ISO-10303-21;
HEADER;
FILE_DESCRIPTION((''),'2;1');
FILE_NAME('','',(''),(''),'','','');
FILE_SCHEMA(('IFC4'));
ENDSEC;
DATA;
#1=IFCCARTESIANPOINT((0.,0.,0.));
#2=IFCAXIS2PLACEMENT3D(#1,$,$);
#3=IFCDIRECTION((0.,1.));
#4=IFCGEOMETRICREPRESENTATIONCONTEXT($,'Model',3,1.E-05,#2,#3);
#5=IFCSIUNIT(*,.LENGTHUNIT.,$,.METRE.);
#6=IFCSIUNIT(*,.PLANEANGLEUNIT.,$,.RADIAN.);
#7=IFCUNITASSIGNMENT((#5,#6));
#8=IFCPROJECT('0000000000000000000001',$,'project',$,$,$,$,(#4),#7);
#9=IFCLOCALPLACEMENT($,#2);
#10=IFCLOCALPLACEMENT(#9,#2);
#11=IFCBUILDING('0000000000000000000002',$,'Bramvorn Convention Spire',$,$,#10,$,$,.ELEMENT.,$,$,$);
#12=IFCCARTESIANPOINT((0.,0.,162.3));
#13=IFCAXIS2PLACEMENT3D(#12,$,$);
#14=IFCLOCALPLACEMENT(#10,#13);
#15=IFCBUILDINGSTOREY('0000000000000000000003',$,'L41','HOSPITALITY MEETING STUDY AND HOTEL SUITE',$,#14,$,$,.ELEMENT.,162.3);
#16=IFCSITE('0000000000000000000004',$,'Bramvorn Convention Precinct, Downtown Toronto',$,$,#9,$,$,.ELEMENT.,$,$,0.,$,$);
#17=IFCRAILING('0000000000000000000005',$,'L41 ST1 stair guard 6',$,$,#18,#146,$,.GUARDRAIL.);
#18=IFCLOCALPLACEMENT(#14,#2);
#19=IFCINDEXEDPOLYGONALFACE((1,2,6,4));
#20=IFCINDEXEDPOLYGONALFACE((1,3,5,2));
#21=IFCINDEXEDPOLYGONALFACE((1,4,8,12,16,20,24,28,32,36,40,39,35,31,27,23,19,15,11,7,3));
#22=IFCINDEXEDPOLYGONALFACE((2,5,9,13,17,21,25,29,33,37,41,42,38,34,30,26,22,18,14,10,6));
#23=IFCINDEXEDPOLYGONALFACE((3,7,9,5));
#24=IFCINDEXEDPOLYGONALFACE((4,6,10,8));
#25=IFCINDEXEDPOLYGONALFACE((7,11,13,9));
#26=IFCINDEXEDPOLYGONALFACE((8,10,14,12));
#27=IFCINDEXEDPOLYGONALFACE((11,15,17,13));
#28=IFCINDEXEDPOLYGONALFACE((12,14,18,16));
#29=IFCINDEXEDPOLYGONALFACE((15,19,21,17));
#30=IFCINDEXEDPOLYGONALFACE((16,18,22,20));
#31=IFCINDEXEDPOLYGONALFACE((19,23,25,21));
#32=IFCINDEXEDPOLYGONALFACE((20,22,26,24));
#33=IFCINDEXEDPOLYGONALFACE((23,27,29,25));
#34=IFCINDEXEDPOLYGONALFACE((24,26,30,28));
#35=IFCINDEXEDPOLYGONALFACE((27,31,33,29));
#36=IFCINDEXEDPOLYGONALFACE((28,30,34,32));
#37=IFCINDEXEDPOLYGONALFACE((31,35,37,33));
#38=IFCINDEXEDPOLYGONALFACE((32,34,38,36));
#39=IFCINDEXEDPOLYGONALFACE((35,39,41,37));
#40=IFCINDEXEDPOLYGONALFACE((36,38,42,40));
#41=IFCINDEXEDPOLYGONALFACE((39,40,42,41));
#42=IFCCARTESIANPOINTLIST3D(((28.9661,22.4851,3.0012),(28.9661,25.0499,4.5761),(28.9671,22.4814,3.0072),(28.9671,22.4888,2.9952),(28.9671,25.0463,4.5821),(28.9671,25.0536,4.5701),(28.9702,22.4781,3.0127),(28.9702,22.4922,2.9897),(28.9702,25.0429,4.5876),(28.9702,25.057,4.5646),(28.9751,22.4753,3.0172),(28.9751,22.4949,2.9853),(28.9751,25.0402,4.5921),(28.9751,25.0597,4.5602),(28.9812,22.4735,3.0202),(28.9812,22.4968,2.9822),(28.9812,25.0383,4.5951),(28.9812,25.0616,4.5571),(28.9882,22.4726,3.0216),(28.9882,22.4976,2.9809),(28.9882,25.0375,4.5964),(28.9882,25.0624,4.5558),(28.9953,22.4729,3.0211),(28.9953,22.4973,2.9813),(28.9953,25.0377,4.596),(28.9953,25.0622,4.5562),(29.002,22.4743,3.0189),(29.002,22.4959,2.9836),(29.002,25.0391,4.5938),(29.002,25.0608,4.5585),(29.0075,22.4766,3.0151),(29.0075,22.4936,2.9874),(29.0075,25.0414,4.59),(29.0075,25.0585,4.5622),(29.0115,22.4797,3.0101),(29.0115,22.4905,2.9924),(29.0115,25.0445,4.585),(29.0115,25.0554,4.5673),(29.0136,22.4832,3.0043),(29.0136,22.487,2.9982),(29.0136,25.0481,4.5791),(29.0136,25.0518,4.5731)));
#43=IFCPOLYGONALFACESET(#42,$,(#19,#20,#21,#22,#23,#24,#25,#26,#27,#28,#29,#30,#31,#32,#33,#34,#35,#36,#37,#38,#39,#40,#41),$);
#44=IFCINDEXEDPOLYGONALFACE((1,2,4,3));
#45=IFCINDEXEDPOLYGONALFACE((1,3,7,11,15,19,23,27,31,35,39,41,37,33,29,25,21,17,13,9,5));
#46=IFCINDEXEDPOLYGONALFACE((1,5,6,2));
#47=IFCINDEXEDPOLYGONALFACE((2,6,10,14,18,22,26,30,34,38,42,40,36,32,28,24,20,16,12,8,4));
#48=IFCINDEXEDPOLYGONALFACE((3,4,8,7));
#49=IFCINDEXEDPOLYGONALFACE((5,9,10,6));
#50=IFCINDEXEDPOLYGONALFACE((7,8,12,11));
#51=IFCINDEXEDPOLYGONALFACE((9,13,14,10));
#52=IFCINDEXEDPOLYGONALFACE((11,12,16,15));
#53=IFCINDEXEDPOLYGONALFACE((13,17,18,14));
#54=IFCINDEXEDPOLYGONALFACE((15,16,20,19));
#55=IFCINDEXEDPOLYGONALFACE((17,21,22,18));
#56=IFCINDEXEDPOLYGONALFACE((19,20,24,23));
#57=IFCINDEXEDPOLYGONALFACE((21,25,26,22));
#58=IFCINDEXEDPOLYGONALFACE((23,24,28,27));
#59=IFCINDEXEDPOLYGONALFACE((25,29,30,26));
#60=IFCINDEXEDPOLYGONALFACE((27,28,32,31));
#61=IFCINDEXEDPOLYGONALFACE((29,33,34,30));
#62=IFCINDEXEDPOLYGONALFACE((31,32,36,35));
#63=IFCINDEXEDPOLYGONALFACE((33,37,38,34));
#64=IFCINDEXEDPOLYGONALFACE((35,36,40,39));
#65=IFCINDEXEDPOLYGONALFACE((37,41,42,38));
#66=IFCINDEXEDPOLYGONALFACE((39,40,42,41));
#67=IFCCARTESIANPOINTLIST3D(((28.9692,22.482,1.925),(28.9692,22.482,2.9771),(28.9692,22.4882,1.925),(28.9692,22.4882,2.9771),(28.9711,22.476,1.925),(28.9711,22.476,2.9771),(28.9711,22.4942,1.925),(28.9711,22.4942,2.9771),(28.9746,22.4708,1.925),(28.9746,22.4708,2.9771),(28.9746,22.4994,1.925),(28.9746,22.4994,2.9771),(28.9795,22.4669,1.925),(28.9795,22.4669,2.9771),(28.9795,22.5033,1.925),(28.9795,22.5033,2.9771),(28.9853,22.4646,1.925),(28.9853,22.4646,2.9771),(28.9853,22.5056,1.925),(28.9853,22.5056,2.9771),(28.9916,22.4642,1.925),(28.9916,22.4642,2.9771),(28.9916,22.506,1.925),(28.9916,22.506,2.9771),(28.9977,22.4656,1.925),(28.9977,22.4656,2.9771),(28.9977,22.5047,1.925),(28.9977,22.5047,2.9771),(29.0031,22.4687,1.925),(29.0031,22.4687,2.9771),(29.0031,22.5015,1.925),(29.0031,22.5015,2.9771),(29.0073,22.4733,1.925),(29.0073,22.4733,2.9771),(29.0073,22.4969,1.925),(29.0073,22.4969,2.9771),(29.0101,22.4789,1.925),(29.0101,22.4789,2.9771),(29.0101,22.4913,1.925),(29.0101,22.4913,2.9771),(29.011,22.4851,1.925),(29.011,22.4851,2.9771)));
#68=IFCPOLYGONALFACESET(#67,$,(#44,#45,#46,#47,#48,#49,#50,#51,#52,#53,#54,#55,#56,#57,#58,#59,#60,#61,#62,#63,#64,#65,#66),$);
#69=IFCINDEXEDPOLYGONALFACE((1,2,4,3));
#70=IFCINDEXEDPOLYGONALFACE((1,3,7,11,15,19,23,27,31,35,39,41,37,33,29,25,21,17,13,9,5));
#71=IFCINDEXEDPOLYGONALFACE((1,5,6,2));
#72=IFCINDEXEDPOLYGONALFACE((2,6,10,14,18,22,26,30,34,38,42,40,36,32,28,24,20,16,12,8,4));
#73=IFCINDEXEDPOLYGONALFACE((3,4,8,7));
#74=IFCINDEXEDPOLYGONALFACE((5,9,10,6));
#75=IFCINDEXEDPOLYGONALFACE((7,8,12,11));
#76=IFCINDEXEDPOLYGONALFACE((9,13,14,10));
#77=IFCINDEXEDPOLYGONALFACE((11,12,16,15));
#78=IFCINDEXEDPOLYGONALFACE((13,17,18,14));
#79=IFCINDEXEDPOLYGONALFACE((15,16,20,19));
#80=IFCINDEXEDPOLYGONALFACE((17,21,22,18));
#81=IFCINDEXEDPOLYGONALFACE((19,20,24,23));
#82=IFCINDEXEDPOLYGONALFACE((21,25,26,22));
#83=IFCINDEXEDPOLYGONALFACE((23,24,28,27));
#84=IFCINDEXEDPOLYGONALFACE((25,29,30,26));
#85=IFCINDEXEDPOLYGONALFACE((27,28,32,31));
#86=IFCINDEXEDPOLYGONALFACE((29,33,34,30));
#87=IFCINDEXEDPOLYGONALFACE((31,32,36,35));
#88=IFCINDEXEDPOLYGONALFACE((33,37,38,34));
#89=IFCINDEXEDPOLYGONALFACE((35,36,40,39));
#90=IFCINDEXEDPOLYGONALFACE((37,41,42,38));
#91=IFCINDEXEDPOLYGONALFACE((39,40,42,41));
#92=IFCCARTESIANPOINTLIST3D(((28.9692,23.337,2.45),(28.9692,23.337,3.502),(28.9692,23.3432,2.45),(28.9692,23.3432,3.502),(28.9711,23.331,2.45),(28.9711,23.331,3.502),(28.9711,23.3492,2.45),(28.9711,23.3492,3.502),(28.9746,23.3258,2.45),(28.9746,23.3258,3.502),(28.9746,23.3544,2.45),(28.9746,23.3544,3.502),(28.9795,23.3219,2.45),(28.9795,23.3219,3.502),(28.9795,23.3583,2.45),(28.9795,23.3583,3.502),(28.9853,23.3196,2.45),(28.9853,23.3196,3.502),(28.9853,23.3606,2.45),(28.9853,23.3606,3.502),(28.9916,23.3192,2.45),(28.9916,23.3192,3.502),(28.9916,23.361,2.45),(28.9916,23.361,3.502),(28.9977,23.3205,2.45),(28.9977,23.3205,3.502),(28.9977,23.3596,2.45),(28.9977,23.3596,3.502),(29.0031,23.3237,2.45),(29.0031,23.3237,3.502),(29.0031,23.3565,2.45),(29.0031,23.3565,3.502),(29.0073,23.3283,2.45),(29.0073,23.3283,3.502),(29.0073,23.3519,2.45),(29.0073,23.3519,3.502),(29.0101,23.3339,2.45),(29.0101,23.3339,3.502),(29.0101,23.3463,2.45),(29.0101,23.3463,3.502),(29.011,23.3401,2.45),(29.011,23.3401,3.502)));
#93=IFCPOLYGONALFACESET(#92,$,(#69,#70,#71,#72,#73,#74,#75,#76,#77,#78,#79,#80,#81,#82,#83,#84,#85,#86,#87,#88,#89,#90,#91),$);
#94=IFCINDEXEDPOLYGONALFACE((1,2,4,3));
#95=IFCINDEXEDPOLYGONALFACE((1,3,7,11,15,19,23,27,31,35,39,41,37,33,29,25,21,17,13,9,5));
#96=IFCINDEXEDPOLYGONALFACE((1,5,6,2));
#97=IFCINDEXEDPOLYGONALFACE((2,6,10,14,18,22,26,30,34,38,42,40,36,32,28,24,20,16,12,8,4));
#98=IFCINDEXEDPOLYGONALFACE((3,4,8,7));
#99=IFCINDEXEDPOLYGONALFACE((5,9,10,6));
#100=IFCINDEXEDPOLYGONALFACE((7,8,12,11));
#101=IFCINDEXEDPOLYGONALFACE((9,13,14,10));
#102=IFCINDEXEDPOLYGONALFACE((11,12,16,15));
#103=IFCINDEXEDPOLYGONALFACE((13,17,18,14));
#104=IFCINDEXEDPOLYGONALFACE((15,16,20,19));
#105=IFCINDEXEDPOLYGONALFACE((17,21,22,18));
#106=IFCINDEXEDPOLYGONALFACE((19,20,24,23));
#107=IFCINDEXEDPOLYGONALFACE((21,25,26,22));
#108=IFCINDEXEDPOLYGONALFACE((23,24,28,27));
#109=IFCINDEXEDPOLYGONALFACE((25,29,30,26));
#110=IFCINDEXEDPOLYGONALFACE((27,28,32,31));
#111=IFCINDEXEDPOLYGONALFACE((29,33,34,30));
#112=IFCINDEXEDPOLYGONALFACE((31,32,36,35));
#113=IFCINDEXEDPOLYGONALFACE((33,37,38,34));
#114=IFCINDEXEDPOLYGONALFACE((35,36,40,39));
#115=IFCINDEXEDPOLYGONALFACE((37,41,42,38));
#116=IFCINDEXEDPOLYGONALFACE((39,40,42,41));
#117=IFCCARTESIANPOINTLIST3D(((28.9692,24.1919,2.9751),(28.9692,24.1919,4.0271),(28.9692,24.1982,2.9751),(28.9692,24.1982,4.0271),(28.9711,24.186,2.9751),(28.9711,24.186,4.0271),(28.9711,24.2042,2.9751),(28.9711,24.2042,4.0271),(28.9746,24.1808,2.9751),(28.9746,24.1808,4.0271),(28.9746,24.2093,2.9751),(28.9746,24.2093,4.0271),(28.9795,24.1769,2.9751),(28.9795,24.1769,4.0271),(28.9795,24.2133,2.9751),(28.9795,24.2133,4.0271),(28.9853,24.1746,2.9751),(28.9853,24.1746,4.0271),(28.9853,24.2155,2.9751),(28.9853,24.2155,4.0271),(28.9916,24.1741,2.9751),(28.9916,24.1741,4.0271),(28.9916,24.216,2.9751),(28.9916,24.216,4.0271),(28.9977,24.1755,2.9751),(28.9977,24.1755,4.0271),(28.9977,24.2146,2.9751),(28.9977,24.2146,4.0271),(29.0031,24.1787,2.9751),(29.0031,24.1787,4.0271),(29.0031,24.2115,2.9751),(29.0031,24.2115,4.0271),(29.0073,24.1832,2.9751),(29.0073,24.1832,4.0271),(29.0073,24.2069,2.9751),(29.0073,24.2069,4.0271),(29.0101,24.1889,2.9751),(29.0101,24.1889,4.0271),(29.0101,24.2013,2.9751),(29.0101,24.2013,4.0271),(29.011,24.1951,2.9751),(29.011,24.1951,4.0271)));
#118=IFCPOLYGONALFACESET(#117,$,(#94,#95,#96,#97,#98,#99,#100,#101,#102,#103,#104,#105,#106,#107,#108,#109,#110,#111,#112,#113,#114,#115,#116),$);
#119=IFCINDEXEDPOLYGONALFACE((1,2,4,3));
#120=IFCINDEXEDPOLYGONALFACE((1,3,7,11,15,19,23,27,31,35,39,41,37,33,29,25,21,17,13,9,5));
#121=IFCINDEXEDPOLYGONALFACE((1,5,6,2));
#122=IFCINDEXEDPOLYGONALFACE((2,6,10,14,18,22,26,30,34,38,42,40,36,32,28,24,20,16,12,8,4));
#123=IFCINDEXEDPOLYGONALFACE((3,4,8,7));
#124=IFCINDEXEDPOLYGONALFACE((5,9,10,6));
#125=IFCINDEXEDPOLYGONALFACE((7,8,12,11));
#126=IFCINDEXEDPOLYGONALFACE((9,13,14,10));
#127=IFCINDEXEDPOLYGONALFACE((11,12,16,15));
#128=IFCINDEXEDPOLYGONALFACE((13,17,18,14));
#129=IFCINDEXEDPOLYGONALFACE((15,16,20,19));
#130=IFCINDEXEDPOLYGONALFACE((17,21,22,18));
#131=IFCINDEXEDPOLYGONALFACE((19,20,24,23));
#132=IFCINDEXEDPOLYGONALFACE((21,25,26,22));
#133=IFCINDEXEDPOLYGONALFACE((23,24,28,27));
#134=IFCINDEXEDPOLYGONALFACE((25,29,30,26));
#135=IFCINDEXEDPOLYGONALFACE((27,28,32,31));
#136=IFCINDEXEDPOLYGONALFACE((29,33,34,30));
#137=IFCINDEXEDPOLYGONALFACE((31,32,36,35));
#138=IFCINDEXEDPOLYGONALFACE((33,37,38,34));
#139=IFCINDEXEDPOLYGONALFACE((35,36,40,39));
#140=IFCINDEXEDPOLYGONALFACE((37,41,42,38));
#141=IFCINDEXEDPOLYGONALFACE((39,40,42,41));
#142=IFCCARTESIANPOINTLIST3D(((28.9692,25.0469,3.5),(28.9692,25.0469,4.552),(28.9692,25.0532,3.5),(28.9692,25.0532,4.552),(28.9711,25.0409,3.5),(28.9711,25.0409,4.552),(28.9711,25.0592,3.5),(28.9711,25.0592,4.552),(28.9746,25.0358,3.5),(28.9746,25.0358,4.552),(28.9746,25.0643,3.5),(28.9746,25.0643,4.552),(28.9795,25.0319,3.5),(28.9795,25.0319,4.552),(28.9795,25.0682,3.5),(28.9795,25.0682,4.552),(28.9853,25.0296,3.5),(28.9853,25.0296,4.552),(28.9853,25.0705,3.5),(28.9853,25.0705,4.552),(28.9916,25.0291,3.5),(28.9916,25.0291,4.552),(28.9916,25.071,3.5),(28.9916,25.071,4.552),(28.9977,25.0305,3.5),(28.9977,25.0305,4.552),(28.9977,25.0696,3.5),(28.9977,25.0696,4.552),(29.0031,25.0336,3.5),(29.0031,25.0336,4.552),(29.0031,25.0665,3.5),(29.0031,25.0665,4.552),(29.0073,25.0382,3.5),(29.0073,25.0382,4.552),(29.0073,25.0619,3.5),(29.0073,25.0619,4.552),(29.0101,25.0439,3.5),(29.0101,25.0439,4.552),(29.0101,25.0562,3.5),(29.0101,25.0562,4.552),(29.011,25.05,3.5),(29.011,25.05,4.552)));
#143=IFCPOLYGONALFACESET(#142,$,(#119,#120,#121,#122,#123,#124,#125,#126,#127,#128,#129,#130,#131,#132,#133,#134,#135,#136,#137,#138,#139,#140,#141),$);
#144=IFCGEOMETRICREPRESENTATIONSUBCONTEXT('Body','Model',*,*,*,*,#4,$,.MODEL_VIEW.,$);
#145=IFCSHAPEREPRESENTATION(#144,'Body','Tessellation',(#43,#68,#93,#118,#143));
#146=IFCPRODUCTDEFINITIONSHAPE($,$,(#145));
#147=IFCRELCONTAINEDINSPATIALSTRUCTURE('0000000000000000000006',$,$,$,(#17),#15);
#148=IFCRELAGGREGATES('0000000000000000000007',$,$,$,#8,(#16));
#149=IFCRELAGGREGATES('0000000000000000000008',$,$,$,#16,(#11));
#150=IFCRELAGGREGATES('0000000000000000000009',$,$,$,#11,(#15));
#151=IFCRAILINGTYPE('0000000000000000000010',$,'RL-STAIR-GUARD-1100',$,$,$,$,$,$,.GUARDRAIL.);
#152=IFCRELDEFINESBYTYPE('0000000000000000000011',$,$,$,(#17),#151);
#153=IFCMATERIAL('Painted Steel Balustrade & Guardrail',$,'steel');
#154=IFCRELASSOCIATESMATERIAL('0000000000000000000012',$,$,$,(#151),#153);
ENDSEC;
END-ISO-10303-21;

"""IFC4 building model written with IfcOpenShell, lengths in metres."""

from ifc_helpers import new_model, si_unit, direction, frame, origin, origin_2d, place, context, subcontext, project, spatial, circle, extrude, material, type_object, element, save


model = new_model("IFC4")

# Units and contexts
model_context = context("Model", 3, precision=1e-05, world=origin(), true_north=direction((0.0, 1.0)))
body_context = subcontext(model_context, "Body", "Model", "MODEL_VIEW")
ifc_project = project(units=[si_unit("LENGTHUNIT", "METRE"), si_unit("PLANEANGLEUNIT", "RADIAN")], contexts=[model_context])

# Site, building, storey
site_placement = place(None, origin())
site = spatial("IfcSite", under=ifc_project, at=site_placement, Name="Bramvorn Convention Precinct, Downtown Toronto", CompositionType="ELEMENT", RefElevation=0.0)
building_placement = place(site_placement, origin())
building = spatial("IfcBuilding", under=site, at=building_placement, Name="Bramvorn Convention Spire", CompositionType="ELEMENT")
storey_placement = place(building_placement, frame((0.0, 0.0, 162.3)))
storey = spatial("IfcBuildingStorey", under=building, at=storey_placement, Name="L41", Description="HOSPITALITY MEETING STUDY AND HOTEL SUITE", CompositionType="ELEMENT", Elevation=162.3)

# Railing
ifc_material_1 = material(Name="Painted Steel Balustrade & Guardrail", Category="steel")
railing_type_1 = type_object("IfcRailingType", Name="RL-STAIR-GUARD-1100", PredefinedType="GUARDRAIL", material=ifc_material_1)
railing_1_placement = place(storey_placement, frame((28.99, 22.4851, 1.925)))
element("IfcRailing", 1, at=railing_1_placement, inside=storey, type_object=railing_type_1, Name="L41 ST1 stair guard 6", PredefinedType="GUARDRAIL", context=body_context, shape_type="SweptSolid", body=[
    extrude(circle(Radius=0.0239, at=origin_2d()), frame((0.0, 0.0, 1.0762), z_axis=(0.0, 0.852173, 0.52326), x_axis=(-1.0, 0.0, 0.0)), (0.0, 0.0, 1.0), 3.0098),
    extrude(circle(Radius=0.021, at=origin_2d()), origin(), (0.0, 0.0, 1.0), 1.052),
    extrude(circle(Radius=0.021, at=origin_2d()), frame((0.0, 0.855, 0.5249)), (0.0, 0.0, 1.0), 1.052),
    extrude(circle(Radius=0.021, at=origin_2d()), frame((0.0, 1.71, 1.05)), (0.0, 0.0, 1.0), 1.052),
    extrude(circle(Radius=0.021, at=origin_2d()), frame((0.0, 2.5649, 1.575)), (0.0, 0.0, 1.0), 1.052),
])

save(model, "model.ifc")
